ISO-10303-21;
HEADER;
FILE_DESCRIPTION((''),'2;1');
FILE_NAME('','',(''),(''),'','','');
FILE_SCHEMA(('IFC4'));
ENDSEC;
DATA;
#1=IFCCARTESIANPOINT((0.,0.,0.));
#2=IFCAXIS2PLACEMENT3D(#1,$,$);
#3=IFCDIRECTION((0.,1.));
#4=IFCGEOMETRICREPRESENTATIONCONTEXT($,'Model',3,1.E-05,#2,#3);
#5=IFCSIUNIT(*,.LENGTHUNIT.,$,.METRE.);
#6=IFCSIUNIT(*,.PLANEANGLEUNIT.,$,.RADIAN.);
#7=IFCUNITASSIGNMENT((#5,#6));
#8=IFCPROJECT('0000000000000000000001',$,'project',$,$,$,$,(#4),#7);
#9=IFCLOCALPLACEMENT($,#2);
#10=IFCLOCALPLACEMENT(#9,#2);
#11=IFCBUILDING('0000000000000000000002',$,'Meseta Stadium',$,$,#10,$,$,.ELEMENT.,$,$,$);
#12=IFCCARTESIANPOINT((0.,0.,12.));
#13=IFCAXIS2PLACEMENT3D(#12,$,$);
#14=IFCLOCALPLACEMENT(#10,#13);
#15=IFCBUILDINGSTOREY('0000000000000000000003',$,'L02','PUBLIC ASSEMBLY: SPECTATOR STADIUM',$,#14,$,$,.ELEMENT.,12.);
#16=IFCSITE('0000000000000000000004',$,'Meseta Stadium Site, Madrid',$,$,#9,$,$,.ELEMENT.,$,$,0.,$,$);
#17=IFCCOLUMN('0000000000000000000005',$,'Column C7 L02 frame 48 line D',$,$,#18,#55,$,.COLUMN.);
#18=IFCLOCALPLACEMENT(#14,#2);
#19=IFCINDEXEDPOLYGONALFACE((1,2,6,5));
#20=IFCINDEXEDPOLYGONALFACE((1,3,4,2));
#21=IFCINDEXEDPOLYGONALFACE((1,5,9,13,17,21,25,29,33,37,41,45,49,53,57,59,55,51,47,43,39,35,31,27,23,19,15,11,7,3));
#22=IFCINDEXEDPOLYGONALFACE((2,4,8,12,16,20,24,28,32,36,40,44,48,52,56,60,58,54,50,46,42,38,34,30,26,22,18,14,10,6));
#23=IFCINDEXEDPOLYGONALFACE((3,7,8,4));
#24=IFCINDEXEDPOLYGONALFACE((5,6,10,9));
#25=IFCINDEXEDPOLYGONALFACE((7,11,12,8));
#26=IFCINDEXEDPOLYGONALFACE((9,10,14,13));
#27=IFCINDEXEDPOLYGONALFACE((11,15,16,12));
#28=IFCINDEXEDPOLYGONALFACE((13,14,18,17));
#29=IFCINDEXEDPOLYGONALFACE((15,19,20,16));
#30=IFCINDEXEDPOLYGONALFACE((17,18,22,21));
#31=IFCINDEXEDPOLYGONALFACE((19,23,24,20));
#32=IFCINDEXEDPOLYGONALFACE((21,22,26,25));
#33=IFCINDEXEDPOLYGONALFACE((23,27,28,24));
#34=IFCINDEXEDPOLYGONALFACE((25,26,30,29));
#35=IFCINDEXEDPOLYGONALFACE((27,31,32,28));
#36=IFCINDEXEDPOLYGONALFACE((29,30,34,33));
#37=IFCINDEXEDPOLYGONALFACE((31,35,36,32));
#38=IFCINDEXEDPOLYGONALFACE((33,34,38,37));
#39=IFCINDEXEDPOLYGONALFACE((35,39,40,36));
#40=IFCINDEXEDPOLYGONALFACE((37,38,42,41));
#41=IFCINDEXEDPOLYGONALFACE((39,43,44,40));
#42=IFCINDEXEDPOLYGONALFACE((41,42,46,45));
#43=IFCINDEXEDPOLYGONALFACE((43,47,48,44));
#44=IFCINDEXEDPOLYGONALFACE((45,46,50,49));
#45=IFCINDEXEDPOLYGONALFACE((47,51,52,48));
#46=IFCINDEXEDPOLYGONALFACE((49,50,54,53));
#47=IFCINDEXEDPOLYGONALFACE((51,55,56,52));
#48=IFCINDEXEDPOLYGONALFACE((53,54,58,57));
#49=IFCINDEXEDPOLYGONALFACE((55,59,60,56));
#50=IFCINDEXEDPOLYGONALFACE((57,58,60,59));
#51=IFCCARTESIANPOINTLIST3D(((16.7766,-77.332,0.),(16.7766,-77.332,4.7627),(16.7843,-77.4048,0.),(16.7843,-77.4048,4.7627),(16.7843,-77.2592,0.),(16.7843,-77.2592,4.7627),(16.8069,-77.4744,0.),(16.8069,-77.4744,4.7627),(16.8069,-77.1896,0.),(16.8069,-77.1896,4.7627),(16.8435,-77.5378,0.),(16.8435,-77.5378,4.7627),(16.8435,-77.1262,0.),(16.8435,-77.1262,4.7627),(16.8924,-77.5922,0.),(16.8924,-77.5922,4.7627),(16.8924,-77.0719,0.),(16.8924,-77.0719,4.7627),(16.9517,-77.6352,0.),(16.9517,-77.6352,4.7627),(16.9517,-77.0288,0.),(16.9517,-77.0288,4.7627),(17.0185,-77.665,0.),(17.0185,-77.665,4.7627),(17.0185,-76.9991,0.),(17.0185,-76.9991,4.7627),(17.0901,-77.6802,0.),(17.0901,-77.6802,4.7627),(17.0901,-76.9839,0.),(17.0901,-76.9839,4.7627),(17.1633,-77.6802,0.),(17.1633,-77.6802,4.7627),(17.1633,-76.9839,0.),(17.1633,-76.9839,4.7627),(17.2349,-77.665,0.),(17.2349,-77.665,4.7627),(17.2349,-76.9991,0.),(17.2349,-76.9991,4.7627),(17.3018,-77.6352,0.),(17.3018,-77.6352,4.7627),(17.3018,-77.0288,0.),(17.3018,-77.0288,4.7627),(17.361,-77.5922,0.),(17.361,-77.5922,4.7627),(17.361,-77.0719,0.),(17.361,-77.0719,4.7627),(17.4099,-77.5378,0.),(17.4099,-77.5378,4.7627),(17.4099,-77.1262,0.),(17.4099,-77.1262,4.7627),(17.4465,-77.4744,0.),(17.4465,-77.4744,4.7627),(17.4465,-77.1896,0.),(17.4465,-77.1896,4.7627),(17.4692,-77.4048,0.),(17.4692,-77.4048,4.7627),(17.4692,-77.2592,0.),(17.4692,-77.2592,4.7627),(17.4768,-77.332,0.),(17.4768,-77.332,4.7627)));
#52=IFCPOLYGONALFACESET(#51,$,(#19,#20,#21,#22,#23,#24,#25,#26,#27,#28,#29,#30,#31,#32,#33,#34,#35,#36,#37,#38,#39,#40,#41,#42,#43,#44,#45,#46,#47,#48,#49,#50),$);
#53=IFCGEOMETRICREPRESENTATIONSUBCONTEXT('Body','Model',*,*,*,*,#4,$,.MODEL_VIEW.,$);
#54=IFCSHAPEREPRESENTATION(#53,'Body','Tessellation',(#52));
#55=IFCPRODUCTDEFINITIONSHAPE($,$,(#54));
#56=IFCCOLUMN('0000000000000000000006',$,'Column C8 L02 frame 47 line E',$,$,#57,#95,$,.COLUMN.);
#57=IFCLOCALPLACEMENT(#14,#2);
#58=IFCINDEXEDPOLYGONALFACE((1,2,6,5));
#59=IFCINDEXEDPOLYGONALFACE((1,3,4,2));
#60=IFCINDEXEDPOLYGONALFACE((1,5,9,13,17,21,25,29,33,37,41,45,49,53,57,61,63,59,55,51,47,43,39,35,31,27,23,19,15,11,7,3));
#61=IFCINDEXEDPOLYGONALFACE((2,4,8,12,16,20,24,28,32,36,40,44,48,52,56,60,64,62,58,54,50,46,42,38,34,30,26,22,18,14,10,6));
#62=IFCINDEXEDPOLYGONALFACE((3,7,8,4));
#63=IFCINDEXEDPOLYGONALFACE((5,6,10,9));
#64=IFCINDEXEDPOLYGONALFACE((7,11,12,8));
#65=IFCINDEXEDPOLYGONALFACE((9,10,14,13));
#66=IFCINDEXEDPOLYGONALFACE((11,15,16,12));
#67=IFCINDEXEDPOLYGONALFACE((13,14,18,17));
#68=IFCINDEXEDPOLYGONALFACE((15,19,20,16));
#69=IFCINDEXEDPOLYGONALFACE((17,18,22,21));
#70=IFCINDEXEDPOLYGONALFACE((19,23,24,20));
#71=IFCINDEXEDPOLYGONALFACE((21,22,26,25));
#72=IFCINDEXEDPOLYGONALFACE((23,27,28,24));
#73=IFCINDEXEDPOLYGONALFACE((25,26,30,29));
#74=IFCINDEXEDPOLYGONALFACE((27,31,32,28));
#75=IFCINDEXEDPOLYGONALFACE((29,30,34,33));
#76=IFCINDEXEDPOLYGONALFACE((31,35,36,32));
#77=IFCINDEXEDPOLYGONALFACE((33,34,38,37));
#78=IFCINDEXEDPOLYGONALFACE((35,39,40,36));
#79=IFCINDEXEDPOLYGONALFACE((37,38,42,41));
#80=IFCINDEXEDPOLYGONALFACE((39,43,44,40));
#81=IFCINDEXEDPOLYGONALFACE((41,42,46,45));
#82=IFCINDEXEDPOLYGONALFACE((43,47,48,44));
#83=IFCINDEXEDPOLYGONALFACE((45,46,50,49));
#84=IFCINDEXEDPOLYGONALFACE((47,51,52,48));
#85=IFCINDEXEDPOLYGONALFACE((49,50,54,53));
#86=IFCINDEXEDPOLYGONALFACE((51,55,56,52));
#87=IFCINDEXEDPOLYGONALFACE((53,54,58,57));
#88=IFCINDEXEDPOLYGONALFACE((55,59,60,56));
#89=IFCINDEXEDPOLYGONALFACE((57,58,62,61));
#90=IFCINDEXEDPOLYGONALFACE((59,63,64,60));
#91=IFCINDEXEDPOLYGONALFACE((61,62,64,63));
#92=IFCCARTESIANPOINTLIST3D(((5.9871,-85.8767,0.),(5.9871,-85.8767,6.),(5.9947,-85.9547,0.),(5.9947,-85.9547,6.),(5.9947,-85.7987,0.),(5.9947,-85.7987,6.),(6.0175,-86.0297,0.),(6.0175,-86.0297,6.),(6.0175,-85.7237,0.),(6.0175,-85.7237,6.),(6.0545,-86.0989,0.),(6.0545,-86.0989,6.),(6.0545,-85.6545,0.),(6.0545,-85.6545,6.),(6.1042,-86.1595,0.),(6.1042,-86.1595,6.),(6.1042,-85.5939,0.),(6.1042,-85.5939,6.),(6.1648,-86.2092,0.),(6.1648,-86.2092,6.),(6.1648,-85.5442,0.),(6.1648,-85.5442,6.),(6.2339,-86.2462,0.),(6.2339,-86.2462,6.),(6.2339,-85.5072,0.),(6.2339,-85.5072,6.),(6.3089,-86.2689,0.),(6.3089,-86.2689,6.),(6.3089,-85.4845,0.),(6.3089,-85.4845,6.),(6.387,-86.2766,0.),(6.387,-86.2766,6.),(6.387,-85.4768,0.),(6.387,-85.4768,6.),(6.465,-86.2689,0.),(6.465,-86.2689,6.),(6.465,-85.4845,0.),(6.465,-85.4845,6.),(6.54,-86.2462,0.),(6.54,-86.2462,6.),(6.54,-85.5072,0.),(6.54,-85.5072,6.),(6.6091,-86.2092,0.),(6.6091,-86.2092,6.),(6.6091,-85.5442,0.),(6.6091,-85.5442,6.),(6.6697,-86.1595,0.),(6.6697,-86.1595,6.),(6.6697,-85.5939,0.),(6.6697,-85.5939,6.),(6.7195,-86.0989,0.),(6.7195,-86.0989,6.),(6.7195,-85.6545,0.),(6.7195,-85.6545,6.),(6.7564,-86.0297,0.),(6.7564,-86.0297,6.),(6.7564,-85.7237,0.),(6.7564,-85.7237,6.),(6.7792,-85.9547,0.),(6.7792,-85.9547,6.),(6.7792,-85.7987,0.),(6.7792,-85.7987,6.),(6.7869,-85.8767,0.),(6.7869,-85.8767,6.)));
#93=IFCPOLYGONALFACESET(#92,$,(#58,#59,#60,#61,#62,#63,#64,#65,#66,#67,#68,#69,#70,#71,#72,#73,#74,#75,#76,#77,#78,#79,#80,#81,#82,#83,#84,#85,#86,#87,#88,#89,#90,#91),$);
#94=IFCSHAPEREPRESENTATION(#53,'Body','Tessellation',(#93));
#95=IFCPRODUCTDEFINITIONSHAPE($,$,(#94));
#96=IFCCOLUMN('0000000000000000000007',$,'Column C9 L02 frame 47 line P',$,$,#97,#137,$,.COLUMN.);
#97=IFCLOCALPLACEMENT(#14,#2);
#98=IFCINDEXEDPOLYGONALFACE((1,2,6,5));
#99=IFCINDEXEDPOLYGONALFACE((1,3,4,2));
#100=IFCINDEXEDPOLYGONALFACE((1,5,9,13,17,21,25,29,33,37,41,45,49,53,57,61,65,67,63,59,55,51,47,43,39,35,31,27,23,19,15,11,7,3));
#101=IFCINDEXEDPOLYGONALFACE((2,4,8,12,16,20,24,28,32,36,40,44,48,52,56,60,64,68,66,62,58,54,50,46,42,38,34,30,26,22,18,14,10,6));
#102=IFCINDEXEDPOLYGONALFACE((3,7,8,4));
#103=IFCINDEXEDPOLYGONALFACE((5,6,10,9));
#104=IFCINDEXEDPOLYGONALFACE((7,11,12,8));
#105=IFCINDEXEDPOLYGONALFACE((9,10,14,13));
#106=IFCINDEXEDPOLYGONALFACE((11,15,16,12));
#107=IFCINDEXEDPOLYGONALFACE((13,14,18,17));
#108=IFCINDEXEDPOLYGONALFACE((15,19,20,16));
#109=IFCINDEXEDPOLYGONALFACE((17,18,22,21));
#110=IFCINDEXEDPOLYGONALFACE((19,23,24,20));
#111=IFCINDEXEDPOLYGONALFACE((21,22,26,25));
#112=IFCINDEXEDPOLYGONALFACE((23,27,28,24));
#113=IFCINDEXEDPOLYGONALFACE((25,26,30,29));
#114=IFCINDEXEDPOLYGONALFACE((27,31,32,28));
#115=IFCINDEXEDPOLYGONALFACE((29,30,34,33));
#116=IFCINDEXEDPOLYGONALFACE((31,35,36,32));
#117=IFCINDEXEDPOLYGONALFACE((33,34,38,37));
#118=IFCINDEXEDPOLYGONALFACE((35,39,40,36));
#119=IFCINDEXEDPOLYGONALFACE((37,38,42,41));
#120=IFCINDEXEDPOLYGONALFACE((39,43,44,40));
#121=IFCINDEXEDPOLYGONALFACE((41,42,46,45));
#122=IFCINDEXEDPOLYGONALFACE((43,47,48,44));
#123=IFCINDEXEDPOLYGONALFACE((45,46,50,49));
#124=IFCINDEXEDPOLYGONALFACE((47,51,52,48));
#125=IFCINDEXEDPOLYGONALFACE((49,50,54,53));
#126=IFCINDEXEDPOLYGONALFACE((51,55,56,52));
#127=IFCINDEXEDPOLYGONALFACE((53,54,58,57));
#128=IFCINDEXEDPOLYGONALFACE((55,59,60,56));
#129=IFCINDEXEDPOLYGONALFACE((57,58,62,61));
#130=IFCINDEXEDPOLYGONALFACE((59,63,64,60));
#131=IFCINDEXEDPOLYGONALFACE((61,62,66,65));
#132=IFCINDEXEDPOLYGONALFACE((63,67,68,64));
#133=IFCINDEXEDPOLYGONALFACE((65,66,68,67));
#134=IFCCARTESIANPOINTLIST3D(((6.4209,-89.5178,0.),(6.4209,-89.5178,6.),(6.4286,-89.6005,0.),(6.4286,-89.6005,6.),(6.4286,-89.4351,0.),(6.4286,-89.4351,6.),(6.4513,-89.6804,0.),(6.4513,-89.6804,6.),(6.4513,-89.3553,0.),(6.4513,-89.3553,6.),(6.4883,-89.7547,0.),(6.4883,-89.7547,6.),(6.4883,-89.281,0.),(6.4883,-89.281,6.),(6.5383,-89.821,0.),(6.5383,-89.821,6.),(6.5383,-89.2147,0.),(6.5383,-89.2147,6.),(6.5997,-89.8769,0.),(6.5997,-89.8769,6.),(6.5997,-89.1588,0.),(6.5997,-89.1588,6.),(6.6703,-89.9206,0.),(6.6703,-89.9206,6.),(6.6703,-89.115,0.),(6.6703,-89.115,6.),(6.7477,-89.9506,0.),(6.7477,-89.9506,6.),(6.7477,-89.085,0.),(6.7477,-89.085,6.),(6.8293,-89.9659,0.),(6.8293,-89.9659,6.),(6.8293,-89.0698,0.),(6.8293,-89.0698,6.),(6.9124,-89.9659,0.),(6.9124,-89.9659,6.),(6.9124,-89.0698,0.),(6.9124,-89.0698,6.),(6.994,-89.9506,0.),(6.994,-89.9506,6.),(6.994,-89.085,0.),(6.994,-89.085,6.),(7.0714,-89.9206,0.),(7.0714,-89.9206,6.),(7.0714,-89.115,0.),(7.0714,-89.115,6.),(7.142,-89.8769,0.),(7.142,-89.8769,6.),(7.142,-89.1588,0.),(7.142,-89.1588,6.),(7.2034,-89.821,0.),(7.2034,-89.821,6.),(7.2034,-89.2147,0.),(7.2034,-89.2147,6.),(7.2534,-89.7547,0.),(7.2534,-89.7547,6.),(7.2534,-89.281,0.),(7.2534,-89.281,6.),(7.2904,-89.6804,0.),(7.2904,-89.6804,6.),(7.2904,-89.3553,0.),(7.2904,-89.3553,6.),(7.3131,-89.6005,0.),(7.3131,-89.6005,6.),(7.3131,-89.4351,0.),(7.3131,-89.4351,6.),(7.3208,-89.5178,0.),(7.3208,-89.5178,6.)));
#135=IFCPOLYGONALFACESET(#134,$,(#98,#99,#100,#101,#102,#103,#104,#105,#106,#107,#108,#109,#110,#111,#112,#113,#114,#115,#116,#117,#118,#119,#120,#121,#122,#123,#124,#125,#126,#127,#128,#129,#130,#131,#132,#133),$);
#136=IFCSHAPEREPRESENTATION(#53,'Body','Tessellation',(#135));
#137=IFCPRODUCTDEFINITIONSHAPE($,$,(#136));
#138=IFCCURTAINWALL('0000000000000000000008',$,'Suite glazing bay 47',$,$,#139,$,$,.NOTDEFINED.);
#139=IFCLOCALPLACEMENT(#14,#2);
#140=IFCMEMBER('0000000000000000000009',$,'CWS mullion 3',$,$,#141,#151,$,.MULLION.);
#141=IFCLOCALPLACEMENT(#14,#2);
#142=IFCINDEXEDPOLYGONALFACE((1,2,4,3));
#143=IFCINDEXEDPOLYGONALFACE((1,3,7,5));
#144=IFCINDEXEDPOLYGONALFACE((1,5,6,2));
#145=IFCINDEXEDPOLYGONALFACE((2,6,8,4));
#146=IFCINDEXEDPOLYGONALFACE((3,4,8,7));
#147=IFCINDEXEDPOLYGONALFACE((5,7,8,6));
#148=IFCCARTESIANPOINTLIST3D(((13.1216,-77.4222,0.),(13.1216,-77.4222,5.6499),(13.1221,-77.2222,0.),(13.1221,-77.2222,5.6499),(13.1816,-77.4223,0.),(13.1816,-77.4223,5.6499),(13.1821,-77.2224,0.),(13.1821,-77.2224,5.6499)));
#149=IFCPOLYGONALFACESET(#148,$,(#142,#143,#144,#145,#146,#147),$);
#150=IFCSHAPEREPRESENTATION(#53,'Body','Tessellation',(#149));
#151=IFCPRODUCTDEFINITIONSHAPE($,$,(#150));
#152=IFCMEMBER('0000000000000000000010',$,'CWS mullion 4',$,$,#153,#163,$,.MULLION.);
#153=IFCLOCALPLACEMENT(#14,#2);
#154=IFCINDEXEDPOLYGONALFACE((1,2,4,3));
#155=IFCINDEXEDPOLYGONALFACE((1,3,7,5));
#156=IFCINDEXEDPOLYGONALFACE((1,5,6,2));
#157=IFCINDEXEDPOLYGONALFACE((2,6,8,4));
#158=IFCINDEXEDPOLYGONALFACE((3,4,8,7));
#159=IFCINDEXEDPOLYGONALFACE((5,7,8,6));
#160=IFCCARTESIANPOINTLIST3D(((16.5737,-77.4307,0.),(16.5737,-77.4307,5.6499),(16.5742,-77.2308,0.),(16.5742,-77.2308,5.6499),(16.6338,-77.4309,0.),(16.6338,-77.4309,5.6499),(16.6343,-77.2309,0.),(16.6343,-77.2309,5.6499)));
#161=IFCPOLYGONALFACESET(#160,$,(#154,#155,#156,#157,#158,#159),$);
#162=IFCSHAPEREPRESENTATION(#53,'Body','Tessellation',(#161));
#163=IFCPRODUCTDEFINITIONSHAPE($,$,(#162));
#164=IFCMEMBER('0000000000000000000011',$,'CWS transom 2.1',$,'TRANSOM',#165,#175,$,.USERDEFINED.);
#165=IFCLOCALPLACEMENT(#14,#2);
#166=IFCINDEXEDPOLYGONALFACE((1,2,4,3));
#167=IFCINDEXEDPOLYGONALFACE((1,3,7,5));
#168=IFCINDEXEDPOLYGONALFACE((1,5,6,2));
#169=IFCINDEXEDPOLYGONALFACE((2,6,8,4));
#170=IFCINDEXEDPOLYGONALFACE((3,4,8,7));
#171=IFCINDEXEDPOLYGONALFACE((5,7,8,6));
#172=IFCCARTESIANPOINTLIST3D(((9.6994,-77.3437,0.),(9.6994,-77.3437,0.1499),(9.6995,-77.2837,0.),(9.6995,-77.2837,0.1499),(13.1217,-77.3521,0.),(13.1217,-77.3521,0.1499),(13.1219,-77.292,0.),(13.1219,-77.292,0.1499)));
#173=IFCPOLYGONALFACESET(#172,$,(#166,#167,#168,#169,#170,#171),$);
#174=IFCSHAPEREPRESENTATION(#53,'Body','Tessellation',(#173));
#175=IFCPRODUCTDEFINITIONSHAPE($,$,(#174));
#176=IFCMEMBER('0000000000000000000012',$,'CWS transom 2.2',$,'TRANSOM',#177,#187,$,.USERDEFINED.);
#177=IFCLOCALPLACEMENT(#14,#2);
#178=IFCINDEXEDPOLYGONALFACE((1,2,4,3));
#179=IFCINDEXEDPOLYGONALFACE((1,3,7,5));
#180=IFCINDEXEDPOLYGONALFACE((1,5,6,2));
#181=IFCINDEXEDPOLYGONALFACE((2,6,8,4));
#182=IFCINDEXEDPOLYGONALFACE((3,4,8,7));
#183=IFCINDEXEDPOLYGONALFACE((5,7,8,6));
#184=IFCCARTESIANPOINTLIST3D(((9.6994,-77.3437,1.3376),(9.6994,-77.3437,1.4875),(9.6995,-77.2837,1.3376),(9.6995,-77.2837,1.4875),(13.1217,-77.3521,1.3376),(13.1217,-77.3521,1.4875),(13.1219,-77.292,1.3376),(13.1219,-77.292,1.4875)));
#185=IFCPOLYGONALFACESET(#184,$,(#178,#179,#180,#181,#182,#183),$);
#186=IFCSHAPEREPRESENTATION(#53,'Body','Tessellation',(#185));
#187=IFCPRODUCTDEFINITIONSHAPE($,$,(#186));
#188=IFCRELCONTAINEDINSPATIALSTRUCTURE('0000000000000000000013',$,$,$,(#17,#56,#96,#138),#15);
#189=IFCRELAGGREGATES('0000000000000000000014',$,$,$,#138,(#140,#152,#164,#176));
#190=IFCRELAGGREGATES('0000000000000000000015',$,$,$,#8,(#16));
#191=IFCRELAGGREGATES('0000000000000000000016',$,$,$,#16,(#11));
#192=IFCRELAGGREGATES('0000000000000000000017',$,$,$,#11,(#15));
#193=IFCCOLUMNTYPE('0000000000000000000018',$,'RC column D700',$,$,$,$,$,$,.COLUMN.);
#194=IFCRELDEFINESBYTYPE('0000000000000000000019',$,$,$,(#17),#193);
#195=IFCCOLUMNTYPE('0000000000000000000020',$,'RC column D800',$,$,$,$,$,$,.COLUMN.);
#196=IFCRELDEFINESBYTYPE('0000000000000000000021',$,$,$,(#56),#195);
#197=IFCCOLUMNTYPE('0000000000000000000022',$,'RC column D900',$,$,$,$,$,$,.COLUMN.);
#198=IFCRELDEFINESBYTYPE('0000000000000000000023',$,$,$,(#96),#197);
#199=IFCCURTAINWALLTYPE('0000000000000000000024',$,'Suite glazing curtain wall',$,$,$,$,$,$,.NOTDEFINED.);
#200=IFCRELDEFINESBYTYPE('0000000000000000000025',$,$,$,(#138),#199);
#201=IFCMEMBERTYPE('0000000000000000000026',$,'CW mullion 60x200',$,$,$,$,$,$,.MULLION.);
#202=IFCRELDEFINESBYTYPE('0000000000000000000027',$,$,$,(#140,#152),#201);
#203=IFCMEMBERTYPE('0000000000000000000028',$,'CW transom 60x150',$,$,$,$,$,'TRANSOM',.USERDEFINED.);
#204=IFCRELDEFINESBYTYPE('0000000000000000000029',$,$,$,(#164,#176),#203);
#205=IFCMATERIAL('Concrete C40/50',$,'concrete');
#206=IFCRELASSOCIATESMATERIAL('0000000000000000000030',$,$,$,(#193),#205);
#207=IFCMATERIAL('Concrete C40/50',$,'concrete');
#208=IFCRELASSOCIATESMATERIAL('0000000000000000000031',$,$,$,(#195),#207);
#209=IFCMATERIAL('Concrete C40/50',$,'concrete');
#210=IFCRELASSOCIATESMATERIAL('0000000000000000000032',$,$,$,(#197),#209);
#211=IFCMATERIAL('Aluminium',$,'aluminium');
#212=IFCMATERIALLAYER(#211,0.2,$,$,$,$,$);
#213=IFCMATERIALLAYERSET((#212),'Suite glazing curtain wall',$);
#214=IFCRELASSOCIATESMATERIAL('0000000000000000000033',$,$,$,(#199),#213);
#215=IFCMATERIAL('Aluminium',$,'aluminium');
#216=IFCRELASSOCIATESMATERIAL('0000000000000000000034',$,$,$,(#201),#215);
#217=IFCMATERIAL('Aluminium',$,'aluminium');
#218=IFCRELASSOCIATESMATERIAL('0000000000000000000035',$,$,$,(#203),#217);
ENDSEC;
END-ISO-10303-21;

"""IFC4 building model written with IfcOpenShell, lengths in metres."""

from ifc_helpers import new_model, si_unit, direction, frame, origin, origin_2d, place, context, subcontext, project, spatial, rectangle, circle, extrude, material, layer, layer_set, material_profile, profile_set, type_object, element, aggregate, save


model = new_model("IFC4")

# Units and contexts
model_context = context("Model", 3, precision=1e-05, world=origin(), true_north=direction((0.0, 1.0)))
body_context = subcontext(model_context, "Body", "Model", "MODEL_VIEW")
ifc_project = project(units=[si_unit("LENGTHUNIT", "METRE"), si_unit("PLANEANGLEUNIT", "RADIAN")], contexts=[model_context])

# Site, building, storey
site_placement = place(None, origin())
site = spatial("IfcSite", under=ifc_project, at=site_placement, Name="Meseta Stadium Site, Madrid", CompositionType="ELEMENT", RefElevation=0.0)
building_placement = place(site_placement, origin())
building = spatial("IfcBuilding", under=site, at=building_placement, Name="Meseta Stadium", CompositionType="ELEMENT")
storey_placement = place(building_placement, frame((0.0, 0.0, 12.0)))
storey = spatial("IfcBuildingStorey", under=building, at=storey_placement, Name="L02", Description="PUBLIC ASSEMBLY: SPECTATOR STADIUM", CompositionType="ELEMENT", Elevation=12.0)

# Columns
ifc_material_1 = material(Name="Concrete C40/50", Category="concrete")
ifc_material_profile_1 = material_profile(ifc_material_1, circle(Radius=0.3501, at=origin_2d()), Name="RC D700")
ifc_profile_set_1 = profile_set([ifc_material_profile_1], Name="Concrete C40/50")
column_type_1 = type_object("IfcColumnType", Name="RC column D700", PredefinedType="COLUMN", material=ifc_profile_set_1)
column_1_placement = place(storey_placement, frame((17.1267, -77.332, 0.0), z_axis=(0.0, 0.0, 1.0), x_axis=(1.0, 0.0, 0.0)))
element("IfcColumn", 1, at=column_1_placement, inside=storey, type_object=column_type_1, Name="Column C7 L02 frame 48 line D", PredefinedType="COLUMN", context=body_context, shape_type="SweptSolid", body=[
    extrude(circle(Radius=0.3501, at=origin_2d()), origin(), (0.0, 0.0, 1.0), 4.7627),
])
ifc_material_2 = material(Name="Concrete C40/50", Category="concrete")
ifc_material_profile_2 = material_profile(ifc_material_2, circle(Radius=0.3999, at=origin_2d()), Name="RC D800")
ifc_profile_set_2 = profile_set([ifc_material_profile_2], Name="Concrete C40/50")
column_type_2 = type_object("IfcColumnType", Name="RC column D800", PredefinedType="COLUMN", material=ifc_profile_set_2)
column_2_placement = place(storey_placement, frame((6.387, -85.8767, 0.0), z_axis=(0.0, 0.0, 1.0), x_axis=(1.0, 0.0, 0.0)))
element("IfcColumn", 2, at=column_2_placement, inside=storey, type_object=column_type_2, Name="Column C8 L02 frame 47 line E", PredefinedType="COLUMN", context=body_context, shape_type="SweptSolid", body=[
    extrude(circle(Radius=0.3999, at=origin_2d()), origin(), (0.0, 0.0, 1.0), 6.0),
])
ifc_material_3 = material(Name="Concrete C40/50", Category="concrete")
ifc_material_profile_3 = material_profile(ifc_material_3, circle(Radius=0.45, at=origin_2d()), Name="RC D900")
ifc_profile_set_3 = profile_set([ifc_material_profile_3], Name="Concrete C40/50")
column_type_3 = type_object("IfcColumnType", Name="RC column D900", PredefinedType="COLUMN", material=ifc_profile_set_3)
column_3_placement = place(storey_placement, frame((6.8708, -89.5178, 0.0), z_axis=(0.0, 0.0, 1.0), x_axis=(1.0, 0.0, 0.0)))
element("IfcColumn", 3, at=column_3_placement, inside=storey, type_object=column_type_3, Name="Column C9 L02 frame 47 line P", PredefinedType="COLUMN", context=body_context, shape_type="SweptSolid", body=[
    extrude(circle(Radius=0.45, at=origin_2d()), origin(), (0.0, 0.0, 1.0), 6.0),
])

# Curtain wall, members
ifc_material_4 = material(Name="Aluminium", Category="aluminium")
ifc_layer_1 = layer(ifc_material_4, 0.2)
ifc_layer_set_1 = layer_set([ifc_layer_1], Name="Suite glazing curtain wall")
curtain_wall_type = type_object("IfcCurtainWallType", Name="Suite glazing curtain wall", PredefinedType="NOTDEFINED", material=ifc_layer_set_1)
curtain_wall_placement = place(storey_placement, origin())
curtain_wall = element("IfcCurtainWall", 4, at=curtain_wall_placement, inside=storey, type_object=curtain_wall_type, Name="Suite glazing bay 47", PredefinedType="NOTDEFINED")
ifc_material_5 = material(Name="Aluminium", Category="aluminium")
ifc_material_profile_4 = material_profile(ifc_material_5, rectangle(XDim=0.2, YDim=0.0601, at=origin_2d()), Name="CW 200x60")
ifc_profile_set_4 = profile_set([ifc_material_profile_4], Name="Aluminium")
member_type_1 = type_object("IfcMemberType", Name="CW mullion 60x200", PredefinedType="MULLION", material=ifc_profile_set_4)
member_1_placement = place(storey_placement, frame((13.1519, -77.3223, 0.0), z_axis=(0.0, 0.0, 1.0), x_axis=(0.002486, 0.999997, 0.0)))
member_1 = element("IfcMember", 5, at=member_1_placement, type_object=member_type_1, Name="CWS mullion 3", PredefinedType="MULLION", context=body_context, shape_type="SweptSolid", body=[
    extrude(rectangle(XDim=0.2, YDim=0.0601, at=origin_2d()), origin(), (0.0, 0.0, 1.0), 5.6499),
])
member_2_placement = place(storey_placement, frame((16.604, -77.3308, 0.0), z_axis=(0.0, 0.0, 1.0), x_axis=(0.002486, 0.999997, 0.0)))
member_2 = element("IfcMember", 6, at=member_2_placement, type_object=member_type_1, Name="CWS mullion 4", PredefinedType="MULLION", context=body_context, shape_type="SweptSolid", body=[
    extrude(rectangle(XDim=0.2, YDim=0.0601, at=origin_2d()), origin(), (0.0, 0.0, 1.0), 5.6499),
])
ifc_material_6 = material(Name="Aluminium", Category="aluminium")
ifc_material_profile_5 = material_profile(ifc_material_6, rectangle(XDim=0.0601, YDim=0.1499, at=origin_2d()), Name="CW 60x150")
ifc_profile_set_5 = profile_set([ifc_material_profile_5], Name="Aluminium")
member_type_2 = type_object("IfcMemberType", Name="CW transom 60x150", ElementType="TRANSOM", PredefinedType="USERDEFINED", material=ifc_profile_set_5)
member_3_placement = place(storey_placement, frame((9.6995, -77.3137, 0.075), z_axis=(0.999997, -0.002425, 0.0), x_axis=(0.002425, 0.999997, 0.0)))
member_3 = element("IfcMember", 7, at=member_3_placement, type_object=member_type_2, Name="CWS transom 2.1", ObjectType="TRANSOM", PredefinedType="USERDEFINED", context=body_context, shape_type="SweptSolid", body=[
    extrude(rectangle(XDim=0.0601, YDim=0.1499, at=origin_2d()), origin(), (0.0, 0.0, 1.0), 3.4224),
])
member_4_placement = place(storey_placement, frame((9.6995, -77.3137, 1.4126), z_axis=(0.999997, -0.002425, 0.0), x_axis=(0.002425, 0.999997, 0.0)))
member_4 = element("IfcMember", 8, at=member_4_placement, type_object=member_type_2, Name="CWS transom 2.2", ObjectType="TRANSOM", PredefinedType="USERDEFINED", context=body_context, shape_type="SweptSolid", body=[
    extrude(rectangle(XDim=0.0601, YDim=0.1499, at=origin_2d()), origin(), (0.0, 0.0, 1.0), 3.4224),
])

aggregate(curtain_wall, [member_1, member_2, member_3, member_4])

save(model, "model.ifc")
